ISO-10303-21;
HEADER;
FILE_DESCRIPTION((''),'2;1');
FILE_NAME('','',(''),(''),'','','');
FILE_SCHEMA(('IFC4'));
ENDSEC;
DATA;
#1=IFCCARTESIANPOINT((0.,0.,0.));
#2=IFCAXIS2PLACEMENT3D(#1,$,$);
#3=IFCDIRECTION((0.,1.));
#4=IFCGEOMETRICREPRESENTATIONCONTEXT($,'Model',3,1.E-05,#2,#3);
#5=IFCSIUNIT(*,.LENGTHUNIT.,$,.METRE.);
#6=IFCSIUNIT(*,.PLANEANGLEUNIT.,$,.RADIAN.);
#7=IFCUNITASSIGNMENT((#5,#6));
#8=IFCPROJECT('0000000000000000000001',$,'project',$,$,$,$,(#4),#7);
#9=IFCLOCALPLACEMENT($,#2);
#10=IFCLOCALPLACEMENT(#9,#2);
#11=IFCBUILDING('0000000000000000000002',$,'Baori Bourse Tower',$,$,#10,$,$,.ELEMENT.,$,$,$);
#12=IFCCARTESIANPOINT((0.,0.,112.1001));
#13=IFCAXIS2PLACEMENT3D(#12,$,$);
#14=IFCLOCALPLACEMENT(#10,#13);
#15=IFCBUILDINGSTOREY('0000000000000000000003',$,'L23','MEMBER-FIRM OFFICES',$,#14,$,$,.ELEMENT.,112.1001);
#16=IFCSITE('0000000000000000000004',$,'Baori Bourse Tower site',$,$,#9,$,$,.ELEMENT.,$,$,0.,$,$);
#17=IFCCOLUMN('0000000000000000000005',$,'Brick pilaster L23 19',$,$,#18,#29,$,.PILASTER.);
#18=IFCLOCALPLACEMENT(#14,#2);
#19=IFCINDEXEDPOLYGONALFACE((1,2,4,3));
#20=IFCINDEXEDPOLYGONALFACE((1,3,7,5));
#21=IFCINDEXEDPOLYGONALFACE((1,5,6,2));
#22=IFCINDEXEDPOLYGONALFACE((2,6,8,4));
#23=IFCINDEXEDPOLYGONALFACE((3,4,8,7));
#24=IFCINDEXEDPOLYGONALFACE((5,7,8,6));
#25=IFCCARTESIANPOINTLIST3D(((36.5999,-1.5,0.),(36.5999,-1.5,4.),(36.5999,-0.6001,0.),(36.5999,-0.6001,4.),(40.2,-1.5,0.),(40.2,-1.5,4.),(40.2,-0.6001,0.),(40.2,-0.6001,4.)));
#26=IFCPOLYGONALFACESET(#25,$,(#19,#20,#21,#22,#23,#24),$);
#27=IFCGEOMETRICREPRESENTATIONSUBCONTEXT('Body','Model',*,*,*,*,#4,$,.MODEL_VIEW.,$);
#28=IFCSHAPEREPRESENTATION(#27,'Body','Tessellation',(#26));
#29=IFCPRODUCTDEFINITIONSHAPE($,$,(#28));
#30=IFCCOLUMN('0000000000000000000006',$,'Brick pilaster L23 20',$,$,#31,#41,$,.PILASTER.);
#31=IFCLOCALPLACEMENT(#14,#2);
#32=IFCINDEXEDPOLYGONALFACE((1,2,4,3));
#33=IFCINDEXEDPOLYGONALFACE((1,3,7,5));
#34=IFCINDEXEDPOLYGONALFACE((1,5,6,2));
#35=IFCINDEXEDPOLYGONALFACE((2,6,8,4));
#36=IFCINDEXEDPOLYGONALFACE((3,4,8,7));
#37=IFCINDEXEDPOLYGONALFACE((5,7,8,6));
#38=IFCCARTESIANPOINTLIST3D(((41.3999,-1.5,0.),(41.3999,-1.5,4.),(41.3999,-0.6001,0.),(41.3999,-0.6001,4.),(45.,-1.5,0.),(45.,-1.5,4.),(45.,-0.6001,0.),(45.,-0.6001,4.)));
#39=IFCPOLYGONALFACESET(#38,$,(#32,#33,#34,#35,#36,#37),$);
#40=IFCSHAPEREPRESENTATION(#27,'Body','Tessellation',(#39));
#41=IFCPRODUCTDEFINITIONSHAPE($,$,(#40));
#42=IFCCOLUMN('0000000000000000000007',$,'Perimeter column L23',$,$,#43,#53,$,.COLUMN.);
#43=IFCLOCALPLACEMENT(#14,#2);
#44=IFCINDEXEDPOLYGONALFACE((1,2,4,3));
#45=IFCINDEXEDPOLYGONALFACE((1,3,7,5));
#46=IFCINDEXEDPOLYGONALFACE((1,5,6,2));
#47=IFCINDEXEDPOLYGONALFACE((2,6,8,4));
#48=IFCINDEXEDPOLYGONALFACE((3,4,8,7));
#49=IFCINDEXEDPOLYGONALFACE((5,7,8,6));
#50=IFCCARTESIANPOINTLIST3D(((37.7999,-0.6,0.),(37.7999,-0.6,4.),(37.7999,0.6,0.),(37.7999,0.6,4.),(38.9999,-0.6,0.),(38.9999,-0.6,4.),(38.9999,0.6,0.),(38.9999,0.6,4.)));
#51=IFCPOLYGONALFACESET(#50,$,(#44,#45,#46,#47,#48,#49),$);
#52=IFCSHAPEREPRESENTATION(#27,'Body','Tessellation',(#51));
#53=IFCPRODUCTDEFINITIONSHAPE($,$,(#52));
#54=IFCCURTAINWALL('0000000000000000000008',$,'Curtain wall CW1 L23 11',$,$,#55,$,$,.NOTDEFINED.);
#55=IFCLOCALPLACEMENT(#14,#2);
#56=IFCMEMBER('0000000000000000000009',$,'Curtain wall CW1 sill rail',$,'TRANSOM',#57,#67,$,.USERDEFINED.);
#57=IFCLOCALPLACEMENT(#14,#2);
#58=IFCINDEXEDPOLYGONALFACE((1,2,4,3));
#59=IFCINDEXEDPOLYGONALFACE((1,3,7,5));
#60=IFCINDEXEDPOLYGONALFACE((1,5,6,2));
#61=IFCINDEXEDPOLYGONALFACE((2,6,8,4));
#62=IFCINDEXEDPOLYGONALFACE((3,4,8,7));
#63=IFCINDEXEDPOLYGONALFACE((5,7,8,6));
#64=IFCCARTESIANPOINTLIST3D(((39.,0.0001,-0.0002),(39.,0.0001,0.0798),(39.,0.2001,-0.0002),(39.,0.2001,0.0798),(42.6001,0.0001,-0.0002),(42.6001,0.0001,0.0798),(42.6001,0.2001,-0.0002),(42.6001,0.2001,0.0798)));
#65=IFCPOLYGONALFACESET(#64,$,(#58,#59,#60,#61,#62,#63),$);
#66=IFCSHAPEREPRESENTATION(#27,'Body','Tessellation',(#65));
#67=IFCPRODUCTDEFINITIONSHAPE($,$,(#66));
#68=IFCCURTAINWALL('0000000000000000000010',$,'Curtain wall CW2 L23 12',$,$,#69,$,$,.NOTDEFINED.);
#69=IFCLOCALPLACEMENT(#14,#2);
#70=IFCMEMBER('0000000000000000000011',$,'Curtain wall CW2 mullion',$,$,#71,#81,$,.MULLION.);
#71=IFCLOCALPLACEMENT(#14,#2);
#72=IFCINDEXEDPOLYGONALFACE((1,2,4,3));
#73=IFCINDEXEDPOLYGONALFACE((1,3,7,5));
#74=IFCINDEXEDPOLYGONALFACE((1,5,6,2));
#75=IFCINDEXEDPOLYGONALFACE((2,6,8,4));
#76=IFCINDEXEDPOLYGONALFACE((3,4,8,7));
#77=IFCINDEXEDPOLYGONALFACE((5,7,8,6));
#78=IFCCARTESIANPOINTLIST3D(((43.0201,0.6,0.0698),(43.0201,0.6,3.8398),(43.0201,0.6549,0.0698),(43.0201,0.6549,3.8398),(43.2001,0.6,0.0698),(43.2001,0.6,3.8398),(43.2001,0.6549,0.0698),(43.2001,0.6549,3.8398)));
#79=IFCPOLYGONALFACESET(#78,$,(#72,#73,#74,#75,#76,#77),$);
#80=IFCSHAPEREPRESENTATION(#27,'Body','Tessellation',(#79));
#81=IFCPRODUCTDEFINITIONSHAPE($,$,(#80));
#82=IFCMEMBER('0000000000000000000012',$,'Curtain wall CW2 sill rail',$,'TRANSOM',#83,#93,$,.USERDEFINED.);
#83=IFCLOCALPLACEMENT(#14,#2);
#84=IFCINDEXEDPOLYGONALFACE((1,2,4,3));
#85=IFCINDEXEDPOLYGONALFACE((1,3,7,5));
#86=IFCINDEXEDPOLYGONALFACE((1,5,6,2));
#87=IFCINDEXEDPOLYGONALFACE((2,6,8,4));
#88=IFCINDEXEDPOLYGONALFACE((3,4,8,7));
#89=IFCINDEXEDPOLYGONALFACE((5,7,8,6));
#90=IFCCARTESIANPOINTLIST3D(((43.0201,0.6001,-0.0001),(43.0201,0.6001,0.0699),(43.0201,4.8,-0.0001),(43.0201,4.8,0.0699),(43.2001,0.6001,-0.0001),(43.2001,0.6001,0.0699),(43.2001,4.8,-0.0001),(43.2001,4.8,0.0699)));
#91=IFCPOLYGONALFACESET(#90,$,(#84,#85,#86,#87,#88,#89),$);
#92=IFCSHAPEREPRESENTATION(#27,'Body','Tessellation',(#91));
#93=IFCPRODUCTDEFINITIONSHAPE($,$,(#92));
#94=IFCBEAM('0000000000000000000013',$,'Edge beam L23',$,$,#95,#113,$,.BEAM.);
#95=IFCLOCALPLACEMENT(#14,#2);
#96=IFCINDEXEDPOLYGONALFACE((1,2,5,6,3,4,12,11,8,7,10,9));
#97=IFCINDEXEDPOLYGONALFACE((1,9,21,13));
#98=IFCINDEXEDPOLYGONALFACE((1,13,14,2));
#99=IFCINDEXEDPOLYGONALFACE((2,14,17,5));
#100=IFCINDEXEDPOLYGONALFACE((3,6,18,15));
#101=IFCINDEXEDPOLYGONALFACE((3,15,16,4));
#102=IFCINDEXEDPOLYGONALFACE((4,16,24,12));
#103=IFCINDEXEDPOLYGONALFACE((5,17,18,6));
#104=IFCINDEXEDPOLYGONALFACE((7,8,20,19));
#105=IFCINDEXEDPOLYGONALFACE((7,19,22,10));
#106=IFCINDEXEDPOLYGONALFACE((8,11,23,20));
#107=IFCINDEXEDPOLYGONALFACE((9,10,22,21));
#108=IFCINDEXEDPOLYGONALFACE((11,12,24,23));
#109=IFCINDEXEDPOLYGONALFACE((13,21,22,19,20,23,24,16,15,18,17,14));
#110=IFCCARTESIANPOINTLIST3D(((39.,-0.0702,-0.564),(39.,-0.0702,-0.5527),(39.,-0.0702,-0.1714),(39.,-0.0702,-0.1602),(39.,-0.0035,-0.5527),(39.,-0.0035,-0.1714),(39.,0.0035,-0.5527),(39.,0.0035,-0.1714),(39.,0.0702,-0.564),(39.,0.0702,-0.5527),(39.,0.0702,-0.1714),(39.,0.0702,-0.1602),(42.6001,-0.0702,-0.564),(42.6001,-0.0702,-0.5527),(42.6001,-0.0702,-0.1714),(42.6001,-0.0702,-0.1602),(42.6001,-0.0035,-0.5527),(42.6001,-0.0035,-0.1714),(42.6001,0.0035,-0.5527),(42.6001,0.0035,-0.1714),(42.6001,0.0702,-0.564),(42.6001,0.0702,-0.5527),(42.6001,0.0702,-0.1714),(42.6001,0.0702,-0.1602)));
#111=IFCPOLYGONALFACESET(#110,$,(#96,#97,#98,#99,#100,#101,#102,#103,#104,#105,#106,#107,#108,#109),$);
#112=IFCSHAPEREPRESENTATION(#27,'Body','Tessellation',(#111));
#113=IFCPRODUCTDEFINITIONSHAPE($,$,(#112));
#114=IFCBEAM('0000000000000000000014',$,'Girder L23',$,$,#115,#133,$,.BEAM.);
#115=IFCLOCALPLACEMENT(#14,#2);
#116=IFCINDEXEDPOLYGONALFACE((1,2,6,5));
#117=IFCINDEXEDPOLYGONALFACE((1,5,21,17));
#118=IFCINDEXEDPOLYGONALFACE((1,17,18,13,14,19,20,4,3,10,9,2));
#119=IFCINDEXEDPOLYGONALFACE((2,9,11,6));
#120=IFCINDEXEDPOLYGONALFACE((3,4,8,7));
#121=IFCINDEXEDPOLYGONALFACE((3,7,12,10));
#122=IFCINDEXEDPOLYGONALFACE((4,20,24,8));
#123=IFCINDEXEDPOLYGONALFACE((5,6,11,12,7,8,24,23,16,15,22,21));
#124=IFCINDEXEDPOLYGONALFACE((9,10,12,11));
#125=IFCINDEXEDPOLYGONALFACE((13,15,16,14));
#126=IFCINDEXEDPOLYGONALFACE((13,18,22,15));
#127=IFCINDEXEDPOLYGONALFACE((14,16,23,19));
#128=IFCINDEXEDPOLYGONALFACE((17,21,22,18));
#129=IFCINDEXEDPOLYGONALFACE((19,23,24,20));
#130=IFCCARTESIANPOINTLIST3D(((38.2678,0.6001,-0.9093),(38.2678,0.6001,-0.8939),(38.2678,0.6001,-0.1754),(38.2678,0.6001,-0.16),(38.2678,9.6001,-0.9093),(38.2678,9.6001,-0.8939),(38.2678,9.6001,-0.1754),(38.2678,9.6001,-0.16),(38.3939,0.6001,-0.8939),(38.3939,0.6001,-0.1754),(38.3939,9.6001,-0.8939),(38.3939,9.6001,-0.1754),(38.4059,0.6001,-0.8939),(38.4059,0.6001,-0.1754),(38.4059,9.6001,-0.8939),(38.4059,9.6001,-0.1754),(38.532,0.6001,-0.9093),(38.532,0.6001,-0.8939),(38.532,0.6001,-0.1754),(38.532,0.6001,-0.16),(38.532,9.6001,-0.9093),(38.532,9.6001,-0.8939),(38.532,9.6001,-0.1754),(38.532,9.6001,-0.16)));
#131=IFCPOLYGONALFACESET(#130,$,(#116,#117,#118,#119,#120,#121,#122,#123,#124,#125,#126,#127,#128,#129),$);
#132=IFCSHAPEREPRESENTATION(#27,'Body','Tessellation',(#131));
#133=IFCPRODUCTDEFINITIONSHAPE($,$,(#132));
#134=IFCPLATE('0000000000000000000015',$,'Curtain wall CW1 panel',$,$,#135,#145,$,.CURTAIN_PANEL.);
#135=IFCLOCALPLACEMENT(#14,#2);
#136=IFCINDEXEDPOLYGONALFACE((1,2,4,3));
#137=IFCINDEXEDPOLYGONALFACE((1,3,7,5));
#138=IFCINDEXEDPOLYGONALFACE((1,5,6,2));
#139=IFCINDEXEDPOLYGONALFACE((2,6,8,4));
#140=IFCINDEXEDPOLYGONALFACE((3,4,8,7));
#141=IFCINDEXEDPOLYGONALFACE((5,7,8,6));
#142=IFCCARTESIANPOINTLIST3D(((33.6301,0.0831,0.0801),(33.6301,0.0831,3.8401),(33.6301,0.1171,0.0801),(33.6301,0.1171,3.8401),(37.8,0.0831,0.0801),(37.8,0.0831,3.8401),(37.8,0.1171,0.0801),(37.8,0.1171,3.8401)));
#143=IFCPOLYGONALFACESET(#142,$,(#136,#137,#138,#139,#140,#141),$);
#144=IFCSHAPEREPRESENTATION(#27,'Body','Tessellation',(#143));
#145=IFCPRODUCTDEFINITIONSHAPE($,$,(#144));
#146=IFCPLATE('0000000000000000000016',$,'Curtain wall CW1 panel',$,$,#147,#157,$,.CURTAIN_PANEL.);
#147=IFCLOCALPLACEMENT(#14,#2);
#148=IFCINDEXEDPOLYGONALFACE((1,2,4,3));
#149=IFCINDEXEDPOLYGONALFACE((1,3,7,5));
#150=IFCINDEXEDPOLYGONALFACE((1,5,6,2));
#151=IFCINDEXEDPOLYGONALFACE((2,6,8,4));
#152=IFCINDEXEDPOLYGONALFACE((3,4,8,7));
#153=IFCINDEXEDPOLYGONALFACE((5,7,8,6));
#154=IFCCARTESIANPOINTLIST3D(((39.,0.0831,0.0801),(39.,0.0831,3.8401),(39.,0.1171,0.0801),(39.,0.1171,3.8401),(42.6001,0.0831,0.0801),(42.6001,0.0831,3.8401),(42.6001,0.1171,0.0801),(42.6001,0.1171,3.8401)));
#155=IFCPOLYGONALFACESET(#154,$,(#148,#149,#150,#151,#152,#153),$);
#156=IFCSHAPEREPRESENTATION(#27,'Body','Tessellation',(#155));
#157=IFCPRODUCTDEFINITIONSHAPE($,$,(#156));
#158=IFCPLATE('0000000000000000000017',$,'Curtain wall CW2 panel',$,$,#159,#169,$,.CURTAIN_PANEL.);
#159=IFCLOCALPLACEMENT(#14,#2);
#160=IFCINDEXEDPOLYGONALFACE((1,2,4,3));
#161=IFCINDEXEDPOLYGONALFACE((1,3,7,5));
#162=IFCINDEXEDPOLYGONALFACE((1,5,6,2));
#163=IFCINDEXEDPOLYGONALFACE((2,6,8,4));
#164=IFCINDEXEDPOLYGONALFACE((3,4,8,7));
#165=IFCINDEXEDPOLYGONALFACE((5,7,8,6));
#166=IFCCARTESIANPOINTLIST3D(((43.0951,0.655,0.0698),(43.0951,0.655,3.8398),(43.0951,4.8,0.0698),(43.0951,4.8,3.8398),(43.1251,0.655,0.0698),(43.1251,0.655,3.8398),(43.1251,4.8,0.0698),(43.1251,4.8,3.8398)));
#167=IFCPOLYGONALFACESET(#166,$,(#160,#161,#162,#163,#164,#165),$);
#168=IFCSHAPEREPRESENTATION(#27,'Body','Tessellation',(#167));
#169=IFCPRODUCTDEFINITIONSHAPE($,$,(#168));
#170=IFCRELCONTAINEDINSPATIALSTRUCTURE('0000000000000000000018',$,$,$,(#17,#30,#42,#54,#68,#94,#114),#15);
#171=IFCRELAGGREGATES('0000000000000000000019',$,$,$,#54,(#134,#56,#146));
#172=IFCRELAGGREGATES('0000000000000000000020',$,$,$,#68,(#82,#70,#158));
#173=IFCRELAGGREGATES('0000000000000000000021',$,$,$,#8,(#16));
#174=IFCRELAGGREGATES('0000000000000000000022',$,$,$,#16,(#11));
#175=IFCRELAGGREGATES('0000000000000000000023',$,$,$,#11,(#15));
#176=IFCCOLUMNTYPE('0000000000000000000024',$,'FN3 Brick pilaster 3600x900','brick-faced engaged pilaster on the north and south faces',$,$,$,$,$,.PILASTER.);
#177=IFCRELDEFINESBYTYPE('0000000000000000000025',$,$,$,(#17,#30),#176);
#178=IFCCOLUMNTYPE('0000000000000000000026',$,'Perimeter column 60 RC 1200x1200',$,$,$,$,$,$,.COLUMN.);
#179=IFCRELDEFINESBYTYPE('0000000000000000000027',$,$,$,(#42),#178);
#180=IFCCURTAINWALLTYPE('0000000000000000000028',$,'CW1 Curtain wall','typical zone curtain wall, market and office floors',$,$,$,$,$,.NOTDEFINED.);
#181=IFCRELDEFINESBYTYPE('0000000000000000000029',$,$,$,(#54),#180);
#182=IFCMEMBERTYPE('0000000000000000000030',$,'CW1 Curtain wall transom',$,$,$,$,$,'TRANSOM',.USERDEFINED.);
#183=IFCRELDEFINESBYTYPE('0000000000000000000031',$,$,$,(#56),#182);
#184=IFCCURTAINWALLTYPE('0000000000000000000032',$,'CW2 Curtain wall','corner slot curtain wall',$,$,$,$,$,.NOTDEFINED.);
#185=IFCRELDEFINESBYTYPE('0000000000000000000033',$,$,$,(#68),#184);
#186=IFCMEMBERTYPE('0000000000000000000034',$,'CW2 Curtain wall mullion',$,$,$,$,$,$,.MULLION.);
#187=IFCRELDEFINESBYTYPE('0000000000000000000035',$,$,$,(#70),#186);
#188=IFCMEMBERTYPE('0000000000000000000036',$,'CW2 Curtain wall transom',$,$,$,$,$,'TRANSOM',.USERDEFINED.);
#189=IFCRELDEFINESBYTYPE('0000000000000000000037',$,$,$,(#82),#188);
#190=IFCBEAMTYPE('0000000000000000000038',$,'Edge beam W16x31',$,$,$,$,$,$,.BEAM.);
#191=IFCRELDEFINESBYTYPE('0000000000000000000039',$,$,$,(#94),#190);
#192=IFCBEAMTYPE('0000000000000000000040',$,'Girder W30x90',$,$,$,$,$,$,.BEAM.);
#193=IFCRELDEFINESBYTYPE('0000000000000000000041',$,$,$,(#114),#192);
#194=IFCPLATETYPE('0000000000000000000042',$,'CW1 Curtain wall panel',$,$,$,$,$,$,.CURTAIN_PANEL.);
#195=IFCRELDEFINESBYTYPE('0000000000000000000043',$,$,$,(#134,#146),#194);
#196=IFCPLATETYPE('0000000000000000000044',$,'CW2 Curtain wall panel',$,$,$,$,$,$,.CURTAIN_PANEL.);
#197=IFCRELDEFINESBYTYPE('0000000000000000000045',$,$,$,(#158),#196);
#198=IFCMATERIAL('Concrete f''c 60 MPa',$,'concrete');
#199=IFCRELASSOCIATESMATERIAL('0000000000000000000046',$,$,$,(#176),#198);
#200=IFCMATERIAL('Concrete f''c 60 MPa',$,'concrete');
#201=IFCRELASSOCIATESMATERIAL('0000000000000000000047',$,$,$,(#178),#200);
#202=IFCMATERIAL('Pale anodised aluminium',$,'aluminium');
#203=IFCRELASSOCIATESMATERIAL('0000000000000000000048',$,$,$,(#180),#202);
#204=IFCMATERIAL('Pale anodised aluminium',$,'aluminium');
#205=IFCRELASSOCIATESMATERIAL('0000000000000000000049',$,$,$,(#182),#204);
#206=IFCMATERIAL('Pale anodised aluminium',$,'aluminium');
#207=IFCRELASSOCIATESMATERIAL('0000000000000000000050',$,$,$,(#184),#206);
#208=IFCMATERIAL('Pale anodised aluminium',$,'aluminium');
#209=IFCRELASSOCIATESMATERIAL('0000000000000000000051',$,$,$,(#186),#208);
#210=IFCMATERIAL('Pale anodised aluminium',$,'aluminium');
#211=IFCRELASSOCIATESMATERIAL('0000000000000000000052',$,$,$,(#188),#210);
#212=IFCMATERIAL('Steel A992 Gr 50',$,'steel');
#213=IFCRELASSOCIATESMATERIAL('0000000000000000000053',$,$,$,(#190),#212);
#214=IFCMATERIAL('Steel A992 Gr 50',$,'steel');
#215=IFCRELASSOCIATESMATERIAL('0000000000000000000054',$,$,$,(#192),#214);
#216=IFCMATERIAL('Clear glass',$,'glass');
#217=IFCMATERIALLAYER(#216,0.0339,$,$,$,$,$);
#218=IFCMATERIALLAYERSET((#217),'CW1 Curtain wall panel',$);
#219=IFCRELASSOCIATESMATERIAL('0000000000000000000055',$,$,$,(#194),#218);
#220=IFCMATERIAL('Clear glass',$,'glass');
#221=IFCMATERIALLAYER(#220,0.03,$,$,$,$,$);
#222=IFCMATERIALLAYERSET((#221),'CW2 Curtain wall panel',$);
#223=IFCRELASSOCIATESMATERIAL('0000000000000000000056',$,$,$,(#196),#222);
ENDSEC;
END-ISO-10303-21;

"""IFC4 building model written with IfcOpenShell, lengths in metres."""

from ifc_helpers import new_model, si_unit, direction, frame, origin, origin_2d, place, context, subcontext, project, spatial, rectangle, i_section, extrude, material, layer, layer_set, material_profile, profile_set, type_object, element, aggregate, save


model = new_model("IFC4")

# Units and contexts
model_context = context("Model", 3, precision=1e-05, world=origin(), true_north=direction((0.0, 1.0)))
body_context = subcontext(model_context, "Body", "Model", "MODEL_VIEW")
ifc_project = project(units=[si_unit("LENGTHUNIT", "METRE"), si_unit("PLANEANGLEUNIT", "RADIAN")], contexts=[model_context])

# Site, building, storey
site_placement = place(None, origin())
site = spatial("IfcSite", under=ifc_project, at=site_placement, Name="Baori Bourse Tower site", CompositionType="ELEMENT", RefElevation=0.0)
building_placement = place(site_placement, origin())
building = spatial("IfcBuilding", under=site, at=building_placement, Name="Baori Bourse Tower", CompositionType="ELEMENT")
storey_placement = place(building_placement, frame((0.0, 0.0, 112.1001)))
storey = spatial("IfcBuildingStorey", under=building, at=storey_placement, Name="L23", Description="MEMBER-FIRM OFFICES", CompositionType="ELEMENT", Elevation=112.1001)

# Columns
ifc_material_1 = material(Name="Concrete f'c 60 MPa", Category="concrete")
ifc_material_profile_1 = material_profile(ifc_material_1, rectangle(XDim=3.6001, YDim=0.8999, at=origin_2d()), Name="RC 3600x900")
ifc_profile_set_1 = profile_set([ifc_material_profile_1], Name="Concrete f'c 60 MPa")
column_type_1 = type_object("IfcColumnType", Name="FN3 Brick pilaster 3600x900", Description="brick-faced engaged pilaster on the north and south faces", PredefinedType="PILASTER", material=ifc_profile_set_1)
for number, where, z_axis, x_axis, name in (
    (1, (38.3999, -1.05, 0.0), (0.0, 0.0, 1.0), (1.0, 0.0, 0.0), "Brick pilaster L23 19"),
    (2, (43.2, -1.05, 0.0), (0.0, 0.0, 1.0), (1.0, 0.0, 0.0), "Brick pilaster L23 20"),
):
    element("IfcColumn", number, at=place(storey_placement, frame(where, z_axis=z_axis, x_axis=x_axis)), inside=storey, type_object=column_type_1, Name=name, PredefinedType="PILASTER", context=body_context, shape_type="SweptSolid", body=[
        extrude(rectangle(XDim=3.6001, YDim=0.8999, at=origin_2d()), origin(), (0.0, 0.0, 1.0), 4.0),
    ])
ifc_material_2 = material(Name="Concrete f'c 60 MPa", Category="concrete")
ifc_material_profile_2 = material_profile(ifc_material_2, rectangle(XDim=1.2, YDim=1.2, at=origin_2d()), Name="RC 1200x1200")
ifc_profile_set_2 = profile_set([ifc_material_profile_2], Name="Concrete f'c 60 MPa")
column_type_2 = type_object("IfcColumnType", Name="Perimeter column 60 RC 1200x1200", PredefinedType="COLUMN", material=ifc_profile_set_2)
column_placement = place(storey_placement, frame((38.3999, 0.0, 0.0), z_axis=(0.0, 0.0, 1.0), x_axis=(1.0, 0.0, 0.0)))
element("IfcColumn", 3, at=column_placement, inside=storey, type_object=column_type_2, Name="Perimeter column L23", PredefinedType="COLUMN", context=body_context, shape_type="SweptSolid", body=[
    extrude(rectangle(XDim=1.2, YDim=1.2, at=origin_2d()), origin(), (0.0, 0.0, 1.0), 4.0),
])

# Curtain wall, member
ifc_material_3 = material(Name="Pale anodised aluminium", Category="aluminium")
curtain_wall_type_1 = type_object("IfcCurtainWallType", Name="CW1 Curtain wall", Description="typical zone curtain wall, market and office floors", PredefinedType="NOTDEFINED", material=ifc_material_3)
curtain_wall_1_placement = place(storey_placement, origin())
curtain_wall_1 = element("IfcCurtainWall", 4, at=curtain_wall_1_placement, inside=storey, type_object=curtain_wall_type_1, Name="Curtain wall CW1 L23 11", PredefinedType="NOTDEFINED")
ifc_material_4 = material(Name="Pale anodised aluminium", Category="aluminium")
ifc_material_profile_3 = material_profile(ifc_material_4, rectangle(XDim=0.2, YDim=0.0801, at=origin_2d()), Name="Transom 80x200")
ifc_profile_set_3 = profile_set([ifc_material_profile_3], Name="Pale anodised aluminium")
member_type_1 = type_object("IfcMemberType", Name="CW1 Curtain wall transom", ElementType="TRANSOM", PredefinedType="USERDEFINED", material=ifc_profile_set_3)
member_1_placement = place(storey_placement, frame((39.0, 0.1001, 0.0398), z_axis=(1.0, 0.0, 0.0), x_axis=(0.0, 1.0, 0.0)))
member_1 = element("IfcMember", 5, at=member_1_placement, type_object=member_type_1, Name="Curtain wall CW1 sill rail", ObjectType="TRANSOM", PredefinedType="USERDEFINED", context=body_context, shape_type="SweptSolid", body=[
    extrude(rectangle(XDim=0.2, YDim=0.0801, at=origin_2d()), origin(), (0.0, 0.0, 1.0), 3.6001),
])

# Curtain wall, members
ifc_material_5 = material(Name="Pale anodised aluminium", Category="aluminium")
curtain_wall_type_2 = type_object("IfcCurtainWallType", Name="CW2 Curtain wall", Description="corner slot curtain wall", PredefinedType="NOTDEFINED", material=ifc_material_5)
curtain_wall_2_placement = place(storey_placement, origin())
curtain_wall_2 = element("IfcCurtainWall", 6, at=curtain_wall_2_placement, inside=storey, type_object=curtain_wall_type_2, Name="Curtain wall CW2 L23 12", PredefinedType="NOTDEFINED")
ifc_material_6 = material(Name="Pale anodised aluminium", Category="aluminium")
ifc_material_profile_4 = material_profile(ifc_material_6, rectangle(XDim=0.1799, YDim=0.0549, at=origin_2d()), Name="Mullion 55x180")
ifc_profile_set_4 = profile_set([ifc_material_profile_4], Name="Pale anodised aluminium")
member_type_2 = type_object("IfcMemberType", Name="CW2 Curtain wall mullion", PredefinedType="MULLION", material=ifc_profile_set_4)
member_2_placement = place(storey_placement, frame((43.1101, 0.6274, 0.0698), z_axis=(0.0, 0.0, 1.0), x_axis=(-1.0, 0.0, 0.0)))
member_2 = element("IfcMember", 7, at=member_2_placement, type_object=member_type_2, Name="Curtain wall CW2 mullion", PredefinedType="MULLION", context=body_context, shape_type="SweptSolid", body=[
    extrude(rectangle(XDim=0.1799, YDim=0.0549, at=origin_2d()), origin(), (0.0, 0.0, 1.0), 3.77),
])
ifc_material_7 = material(Name="Pale anodised aluminium", Category="aluminium")
ifc_material_profile_5 = material_profile(ifc_material_7, rectangle(XDim=0.1799, YDim=0.0701, at=origin_2d()), Name="Transom 70x180")
ifc_profile_set_5 = profile_set([ifc_material_profile_5], Name="Pale anodised aluminium")
member_type_3 = type_object("IfcMemberType", Name="CW2 Curtain wall transom", ElementType="TRANSOM", PredefinedType="USERDEFINED", material=ifc_profile_set_5)
member_3_placement = place(storey_placement, frame((43.1101, 0.6001, 0.0349), z_axis=(0.0, 1.0, 0.0), x_axis=(-1.0, 0.0, 0.0)))
member_3 = element("IfcMember", 8, at=member_3_placement, type_object=member_type_3, Name="Curtain wall CW2 sill rail", ObjectType="TRANSOM", PredefinedType="USERDEFINED", context=body_context, shape_type="SweptSolid", body=[
    extrude(rectangle(XDim=0.1799, YDim=0.0701, at=origin_2d()), origin(), (0.0, 0.0, 1.0), 4.2),
])

# Beams
ifc_material_8 = material(Name="Steel A992 Gr 50", Category="steel")
ifc_material_profile_6 = material_profile(ifc_material_8, i_section(OverallWidth=0.1404, OverallDepth=0.4038, WebThickness=0.0071, FlangeThickness=0.0112, at=origin_2d()), Name="W16x31")
ifc_profile_set_6 = profile_set([ifc_material_profile_6], Name="Steel A992 Gr 50")
beam_type_1 = type_object("IfcBeamType", Name="Edge beam W16x31", PredefinedType="BEAM", material=ifc_profile_set_6)
beam_1_placement = place(storey_placement, frame((39.0, 0.0, -0.3621), z_axis=(1.0, 0.0, 0.0), x_axis=(0.0, 1.0, 0.0)))
element("IfcBeam", 9, at=beam_1_placement, inside=storey, type_object=beam_type_1, Name="Edge beam L23", PredefinedType="BEAM", context=body_context, shape_type="SweptSolid", body=[
    extrude(i_section(OverallWidth=0.1404, OverallDepth=0.4038, WebThickness=0.0071, FlangeThickness=0.0112, at=origin_2d()), origin(), (0.0, 0.0, 1.0), 3.6001),
])
ifc_material_9 = material(Name="Steel A992 Gr 50", Category="steel")
ifc_material_profile_7 = material_profile(ifc_material_9, i_section(OverallWidth=0.2642, OverallDepth=0.7493, WebThickness=0.012, FlangeThickness=0.0154, at=origin_2d()), Name="W30x90")
ifc_profile_set_7 = profile_set([ifc_material_profile_7], Name="Steel A992 Gr 50")
beam_type_2 = type_object("IfcBeamType", Name="Girder W30x90", PredefinedType="BEAM", material=ifc_profile_set_7)
beam_2_placement = place(storey_placement, frame((38.3999, 0.6001, -0.5347), z_axis=(0.0, 1.0, 0.0), x_axis=(-1.0, 0.0, 0.0)))
element("IfcBeam", 10, at=beam_2_placement, inside=storey, type_object=beam_type_2, Name="Girder L23", PredefinedType="BEAM", context=body_context, shape_type="SweptSolid", body=[
    extrude(i_section(OverallWidth=0.2642, OverallDepth=0.7493, WebThickness=0.012, FlangeThickness=0.0154, at=origin_2d()), origin(), (0.0, 0.0, 1.0), 9.0),
])

# Plates
ifc_material_10 = material(Name="Clear glass", Category="glass")
ifc_layer_1 = layer(ifc_material_10, 0.0339)
ifc_layer_set_1 = layer_set([ifc_layer_1], Name="CW1 Curtain wall panel")
plate_type_1 = type_object("IfcPlateType", Name="CW1 Curtain wall panel", PredefinedType="CURTAIN_PANEL", material=ifc_layer_set_1)
plate_1_placement = place(storey_placement, frame((35.7151, 0.1001, 0.0801), z_axis=(0.0, 0.0, 1.0), x_axis=(1.0, 0.0, 0.0)))
plate_1 = element("IfcPlate", 11, at=plate_1_placement, type_object=plate_type_1, Name="Curtain wall CW1 panel", PredefinedType="CURTAIN_PANEL", context=body_context, shape_type="SweptSolid", body=[
    extrude(rectangle(XDim=4.1699, YDim=0.0339, at=origin_2d()), origin(), (0.0, 0.0, 1.0), 3.76),
])
plate_2_placement = place(storey_placement, frame((40.8, 0.1001, 0.0801), z_axis=(0.0, 0.0, 1.0), x_axis=(1.0, 0.0, 0.0)))
plate_2 = element("IfcPlate", 12, at=plate_2_placement, type_object=plate_type_1, Name="Curtain wall CW1 panel", PredefinedType="CURTAIN_PANEL", context=body_context, shape_type="SweptSolid", body=[
    extrude(rectangle(XDim=3.6001, YDim=0.0339, at=origin_2d()), origin(), (0.0, 0.0, 1.0), 3.76),
])
aggregate(curtain_wall_1, [plate_1, member_1, plate_2])
ifc_material_11 = material(Name="Clear glass", Category="glass")
ifc_layer_2 = layer(ifc_material_11, 0.03)
ifc_layer_set_2 = layer_set([ifc_layer_2], Name="CW2 Curtain wall panel")
plate_type_2 = type_object("IfcPlateType", Name="CW2 Curtain wall panel", PredefinedType="CURTAIN_PANEL", material=ifc_layer_set_2)
plate_3_placement = place(storey_placement, frame((43.1101, 2.7275, 0.0698), z_axis=(0.0, 0.0, 1.0), x_axis=(0.0, 1.0, 0.0)))
plate_3 = element("IfcPlate", 13, at=plate_3_placement, type_object=plate_type_2, Name="Curtain wall CW2 panel", PredefinedType="CURTAIN_PANEL", context=body_context, shape_type="SweptSolid", body=[
    extrude(rectangle(XDim=4.145, YDim=0.03, at=origin_2d()), origin(), (0.0, 0.0, 1.0), 3.77),
])
aggregate(curtain_wall_2, [member_3, member_2, plate_3])

save(model, "model.ifc")
